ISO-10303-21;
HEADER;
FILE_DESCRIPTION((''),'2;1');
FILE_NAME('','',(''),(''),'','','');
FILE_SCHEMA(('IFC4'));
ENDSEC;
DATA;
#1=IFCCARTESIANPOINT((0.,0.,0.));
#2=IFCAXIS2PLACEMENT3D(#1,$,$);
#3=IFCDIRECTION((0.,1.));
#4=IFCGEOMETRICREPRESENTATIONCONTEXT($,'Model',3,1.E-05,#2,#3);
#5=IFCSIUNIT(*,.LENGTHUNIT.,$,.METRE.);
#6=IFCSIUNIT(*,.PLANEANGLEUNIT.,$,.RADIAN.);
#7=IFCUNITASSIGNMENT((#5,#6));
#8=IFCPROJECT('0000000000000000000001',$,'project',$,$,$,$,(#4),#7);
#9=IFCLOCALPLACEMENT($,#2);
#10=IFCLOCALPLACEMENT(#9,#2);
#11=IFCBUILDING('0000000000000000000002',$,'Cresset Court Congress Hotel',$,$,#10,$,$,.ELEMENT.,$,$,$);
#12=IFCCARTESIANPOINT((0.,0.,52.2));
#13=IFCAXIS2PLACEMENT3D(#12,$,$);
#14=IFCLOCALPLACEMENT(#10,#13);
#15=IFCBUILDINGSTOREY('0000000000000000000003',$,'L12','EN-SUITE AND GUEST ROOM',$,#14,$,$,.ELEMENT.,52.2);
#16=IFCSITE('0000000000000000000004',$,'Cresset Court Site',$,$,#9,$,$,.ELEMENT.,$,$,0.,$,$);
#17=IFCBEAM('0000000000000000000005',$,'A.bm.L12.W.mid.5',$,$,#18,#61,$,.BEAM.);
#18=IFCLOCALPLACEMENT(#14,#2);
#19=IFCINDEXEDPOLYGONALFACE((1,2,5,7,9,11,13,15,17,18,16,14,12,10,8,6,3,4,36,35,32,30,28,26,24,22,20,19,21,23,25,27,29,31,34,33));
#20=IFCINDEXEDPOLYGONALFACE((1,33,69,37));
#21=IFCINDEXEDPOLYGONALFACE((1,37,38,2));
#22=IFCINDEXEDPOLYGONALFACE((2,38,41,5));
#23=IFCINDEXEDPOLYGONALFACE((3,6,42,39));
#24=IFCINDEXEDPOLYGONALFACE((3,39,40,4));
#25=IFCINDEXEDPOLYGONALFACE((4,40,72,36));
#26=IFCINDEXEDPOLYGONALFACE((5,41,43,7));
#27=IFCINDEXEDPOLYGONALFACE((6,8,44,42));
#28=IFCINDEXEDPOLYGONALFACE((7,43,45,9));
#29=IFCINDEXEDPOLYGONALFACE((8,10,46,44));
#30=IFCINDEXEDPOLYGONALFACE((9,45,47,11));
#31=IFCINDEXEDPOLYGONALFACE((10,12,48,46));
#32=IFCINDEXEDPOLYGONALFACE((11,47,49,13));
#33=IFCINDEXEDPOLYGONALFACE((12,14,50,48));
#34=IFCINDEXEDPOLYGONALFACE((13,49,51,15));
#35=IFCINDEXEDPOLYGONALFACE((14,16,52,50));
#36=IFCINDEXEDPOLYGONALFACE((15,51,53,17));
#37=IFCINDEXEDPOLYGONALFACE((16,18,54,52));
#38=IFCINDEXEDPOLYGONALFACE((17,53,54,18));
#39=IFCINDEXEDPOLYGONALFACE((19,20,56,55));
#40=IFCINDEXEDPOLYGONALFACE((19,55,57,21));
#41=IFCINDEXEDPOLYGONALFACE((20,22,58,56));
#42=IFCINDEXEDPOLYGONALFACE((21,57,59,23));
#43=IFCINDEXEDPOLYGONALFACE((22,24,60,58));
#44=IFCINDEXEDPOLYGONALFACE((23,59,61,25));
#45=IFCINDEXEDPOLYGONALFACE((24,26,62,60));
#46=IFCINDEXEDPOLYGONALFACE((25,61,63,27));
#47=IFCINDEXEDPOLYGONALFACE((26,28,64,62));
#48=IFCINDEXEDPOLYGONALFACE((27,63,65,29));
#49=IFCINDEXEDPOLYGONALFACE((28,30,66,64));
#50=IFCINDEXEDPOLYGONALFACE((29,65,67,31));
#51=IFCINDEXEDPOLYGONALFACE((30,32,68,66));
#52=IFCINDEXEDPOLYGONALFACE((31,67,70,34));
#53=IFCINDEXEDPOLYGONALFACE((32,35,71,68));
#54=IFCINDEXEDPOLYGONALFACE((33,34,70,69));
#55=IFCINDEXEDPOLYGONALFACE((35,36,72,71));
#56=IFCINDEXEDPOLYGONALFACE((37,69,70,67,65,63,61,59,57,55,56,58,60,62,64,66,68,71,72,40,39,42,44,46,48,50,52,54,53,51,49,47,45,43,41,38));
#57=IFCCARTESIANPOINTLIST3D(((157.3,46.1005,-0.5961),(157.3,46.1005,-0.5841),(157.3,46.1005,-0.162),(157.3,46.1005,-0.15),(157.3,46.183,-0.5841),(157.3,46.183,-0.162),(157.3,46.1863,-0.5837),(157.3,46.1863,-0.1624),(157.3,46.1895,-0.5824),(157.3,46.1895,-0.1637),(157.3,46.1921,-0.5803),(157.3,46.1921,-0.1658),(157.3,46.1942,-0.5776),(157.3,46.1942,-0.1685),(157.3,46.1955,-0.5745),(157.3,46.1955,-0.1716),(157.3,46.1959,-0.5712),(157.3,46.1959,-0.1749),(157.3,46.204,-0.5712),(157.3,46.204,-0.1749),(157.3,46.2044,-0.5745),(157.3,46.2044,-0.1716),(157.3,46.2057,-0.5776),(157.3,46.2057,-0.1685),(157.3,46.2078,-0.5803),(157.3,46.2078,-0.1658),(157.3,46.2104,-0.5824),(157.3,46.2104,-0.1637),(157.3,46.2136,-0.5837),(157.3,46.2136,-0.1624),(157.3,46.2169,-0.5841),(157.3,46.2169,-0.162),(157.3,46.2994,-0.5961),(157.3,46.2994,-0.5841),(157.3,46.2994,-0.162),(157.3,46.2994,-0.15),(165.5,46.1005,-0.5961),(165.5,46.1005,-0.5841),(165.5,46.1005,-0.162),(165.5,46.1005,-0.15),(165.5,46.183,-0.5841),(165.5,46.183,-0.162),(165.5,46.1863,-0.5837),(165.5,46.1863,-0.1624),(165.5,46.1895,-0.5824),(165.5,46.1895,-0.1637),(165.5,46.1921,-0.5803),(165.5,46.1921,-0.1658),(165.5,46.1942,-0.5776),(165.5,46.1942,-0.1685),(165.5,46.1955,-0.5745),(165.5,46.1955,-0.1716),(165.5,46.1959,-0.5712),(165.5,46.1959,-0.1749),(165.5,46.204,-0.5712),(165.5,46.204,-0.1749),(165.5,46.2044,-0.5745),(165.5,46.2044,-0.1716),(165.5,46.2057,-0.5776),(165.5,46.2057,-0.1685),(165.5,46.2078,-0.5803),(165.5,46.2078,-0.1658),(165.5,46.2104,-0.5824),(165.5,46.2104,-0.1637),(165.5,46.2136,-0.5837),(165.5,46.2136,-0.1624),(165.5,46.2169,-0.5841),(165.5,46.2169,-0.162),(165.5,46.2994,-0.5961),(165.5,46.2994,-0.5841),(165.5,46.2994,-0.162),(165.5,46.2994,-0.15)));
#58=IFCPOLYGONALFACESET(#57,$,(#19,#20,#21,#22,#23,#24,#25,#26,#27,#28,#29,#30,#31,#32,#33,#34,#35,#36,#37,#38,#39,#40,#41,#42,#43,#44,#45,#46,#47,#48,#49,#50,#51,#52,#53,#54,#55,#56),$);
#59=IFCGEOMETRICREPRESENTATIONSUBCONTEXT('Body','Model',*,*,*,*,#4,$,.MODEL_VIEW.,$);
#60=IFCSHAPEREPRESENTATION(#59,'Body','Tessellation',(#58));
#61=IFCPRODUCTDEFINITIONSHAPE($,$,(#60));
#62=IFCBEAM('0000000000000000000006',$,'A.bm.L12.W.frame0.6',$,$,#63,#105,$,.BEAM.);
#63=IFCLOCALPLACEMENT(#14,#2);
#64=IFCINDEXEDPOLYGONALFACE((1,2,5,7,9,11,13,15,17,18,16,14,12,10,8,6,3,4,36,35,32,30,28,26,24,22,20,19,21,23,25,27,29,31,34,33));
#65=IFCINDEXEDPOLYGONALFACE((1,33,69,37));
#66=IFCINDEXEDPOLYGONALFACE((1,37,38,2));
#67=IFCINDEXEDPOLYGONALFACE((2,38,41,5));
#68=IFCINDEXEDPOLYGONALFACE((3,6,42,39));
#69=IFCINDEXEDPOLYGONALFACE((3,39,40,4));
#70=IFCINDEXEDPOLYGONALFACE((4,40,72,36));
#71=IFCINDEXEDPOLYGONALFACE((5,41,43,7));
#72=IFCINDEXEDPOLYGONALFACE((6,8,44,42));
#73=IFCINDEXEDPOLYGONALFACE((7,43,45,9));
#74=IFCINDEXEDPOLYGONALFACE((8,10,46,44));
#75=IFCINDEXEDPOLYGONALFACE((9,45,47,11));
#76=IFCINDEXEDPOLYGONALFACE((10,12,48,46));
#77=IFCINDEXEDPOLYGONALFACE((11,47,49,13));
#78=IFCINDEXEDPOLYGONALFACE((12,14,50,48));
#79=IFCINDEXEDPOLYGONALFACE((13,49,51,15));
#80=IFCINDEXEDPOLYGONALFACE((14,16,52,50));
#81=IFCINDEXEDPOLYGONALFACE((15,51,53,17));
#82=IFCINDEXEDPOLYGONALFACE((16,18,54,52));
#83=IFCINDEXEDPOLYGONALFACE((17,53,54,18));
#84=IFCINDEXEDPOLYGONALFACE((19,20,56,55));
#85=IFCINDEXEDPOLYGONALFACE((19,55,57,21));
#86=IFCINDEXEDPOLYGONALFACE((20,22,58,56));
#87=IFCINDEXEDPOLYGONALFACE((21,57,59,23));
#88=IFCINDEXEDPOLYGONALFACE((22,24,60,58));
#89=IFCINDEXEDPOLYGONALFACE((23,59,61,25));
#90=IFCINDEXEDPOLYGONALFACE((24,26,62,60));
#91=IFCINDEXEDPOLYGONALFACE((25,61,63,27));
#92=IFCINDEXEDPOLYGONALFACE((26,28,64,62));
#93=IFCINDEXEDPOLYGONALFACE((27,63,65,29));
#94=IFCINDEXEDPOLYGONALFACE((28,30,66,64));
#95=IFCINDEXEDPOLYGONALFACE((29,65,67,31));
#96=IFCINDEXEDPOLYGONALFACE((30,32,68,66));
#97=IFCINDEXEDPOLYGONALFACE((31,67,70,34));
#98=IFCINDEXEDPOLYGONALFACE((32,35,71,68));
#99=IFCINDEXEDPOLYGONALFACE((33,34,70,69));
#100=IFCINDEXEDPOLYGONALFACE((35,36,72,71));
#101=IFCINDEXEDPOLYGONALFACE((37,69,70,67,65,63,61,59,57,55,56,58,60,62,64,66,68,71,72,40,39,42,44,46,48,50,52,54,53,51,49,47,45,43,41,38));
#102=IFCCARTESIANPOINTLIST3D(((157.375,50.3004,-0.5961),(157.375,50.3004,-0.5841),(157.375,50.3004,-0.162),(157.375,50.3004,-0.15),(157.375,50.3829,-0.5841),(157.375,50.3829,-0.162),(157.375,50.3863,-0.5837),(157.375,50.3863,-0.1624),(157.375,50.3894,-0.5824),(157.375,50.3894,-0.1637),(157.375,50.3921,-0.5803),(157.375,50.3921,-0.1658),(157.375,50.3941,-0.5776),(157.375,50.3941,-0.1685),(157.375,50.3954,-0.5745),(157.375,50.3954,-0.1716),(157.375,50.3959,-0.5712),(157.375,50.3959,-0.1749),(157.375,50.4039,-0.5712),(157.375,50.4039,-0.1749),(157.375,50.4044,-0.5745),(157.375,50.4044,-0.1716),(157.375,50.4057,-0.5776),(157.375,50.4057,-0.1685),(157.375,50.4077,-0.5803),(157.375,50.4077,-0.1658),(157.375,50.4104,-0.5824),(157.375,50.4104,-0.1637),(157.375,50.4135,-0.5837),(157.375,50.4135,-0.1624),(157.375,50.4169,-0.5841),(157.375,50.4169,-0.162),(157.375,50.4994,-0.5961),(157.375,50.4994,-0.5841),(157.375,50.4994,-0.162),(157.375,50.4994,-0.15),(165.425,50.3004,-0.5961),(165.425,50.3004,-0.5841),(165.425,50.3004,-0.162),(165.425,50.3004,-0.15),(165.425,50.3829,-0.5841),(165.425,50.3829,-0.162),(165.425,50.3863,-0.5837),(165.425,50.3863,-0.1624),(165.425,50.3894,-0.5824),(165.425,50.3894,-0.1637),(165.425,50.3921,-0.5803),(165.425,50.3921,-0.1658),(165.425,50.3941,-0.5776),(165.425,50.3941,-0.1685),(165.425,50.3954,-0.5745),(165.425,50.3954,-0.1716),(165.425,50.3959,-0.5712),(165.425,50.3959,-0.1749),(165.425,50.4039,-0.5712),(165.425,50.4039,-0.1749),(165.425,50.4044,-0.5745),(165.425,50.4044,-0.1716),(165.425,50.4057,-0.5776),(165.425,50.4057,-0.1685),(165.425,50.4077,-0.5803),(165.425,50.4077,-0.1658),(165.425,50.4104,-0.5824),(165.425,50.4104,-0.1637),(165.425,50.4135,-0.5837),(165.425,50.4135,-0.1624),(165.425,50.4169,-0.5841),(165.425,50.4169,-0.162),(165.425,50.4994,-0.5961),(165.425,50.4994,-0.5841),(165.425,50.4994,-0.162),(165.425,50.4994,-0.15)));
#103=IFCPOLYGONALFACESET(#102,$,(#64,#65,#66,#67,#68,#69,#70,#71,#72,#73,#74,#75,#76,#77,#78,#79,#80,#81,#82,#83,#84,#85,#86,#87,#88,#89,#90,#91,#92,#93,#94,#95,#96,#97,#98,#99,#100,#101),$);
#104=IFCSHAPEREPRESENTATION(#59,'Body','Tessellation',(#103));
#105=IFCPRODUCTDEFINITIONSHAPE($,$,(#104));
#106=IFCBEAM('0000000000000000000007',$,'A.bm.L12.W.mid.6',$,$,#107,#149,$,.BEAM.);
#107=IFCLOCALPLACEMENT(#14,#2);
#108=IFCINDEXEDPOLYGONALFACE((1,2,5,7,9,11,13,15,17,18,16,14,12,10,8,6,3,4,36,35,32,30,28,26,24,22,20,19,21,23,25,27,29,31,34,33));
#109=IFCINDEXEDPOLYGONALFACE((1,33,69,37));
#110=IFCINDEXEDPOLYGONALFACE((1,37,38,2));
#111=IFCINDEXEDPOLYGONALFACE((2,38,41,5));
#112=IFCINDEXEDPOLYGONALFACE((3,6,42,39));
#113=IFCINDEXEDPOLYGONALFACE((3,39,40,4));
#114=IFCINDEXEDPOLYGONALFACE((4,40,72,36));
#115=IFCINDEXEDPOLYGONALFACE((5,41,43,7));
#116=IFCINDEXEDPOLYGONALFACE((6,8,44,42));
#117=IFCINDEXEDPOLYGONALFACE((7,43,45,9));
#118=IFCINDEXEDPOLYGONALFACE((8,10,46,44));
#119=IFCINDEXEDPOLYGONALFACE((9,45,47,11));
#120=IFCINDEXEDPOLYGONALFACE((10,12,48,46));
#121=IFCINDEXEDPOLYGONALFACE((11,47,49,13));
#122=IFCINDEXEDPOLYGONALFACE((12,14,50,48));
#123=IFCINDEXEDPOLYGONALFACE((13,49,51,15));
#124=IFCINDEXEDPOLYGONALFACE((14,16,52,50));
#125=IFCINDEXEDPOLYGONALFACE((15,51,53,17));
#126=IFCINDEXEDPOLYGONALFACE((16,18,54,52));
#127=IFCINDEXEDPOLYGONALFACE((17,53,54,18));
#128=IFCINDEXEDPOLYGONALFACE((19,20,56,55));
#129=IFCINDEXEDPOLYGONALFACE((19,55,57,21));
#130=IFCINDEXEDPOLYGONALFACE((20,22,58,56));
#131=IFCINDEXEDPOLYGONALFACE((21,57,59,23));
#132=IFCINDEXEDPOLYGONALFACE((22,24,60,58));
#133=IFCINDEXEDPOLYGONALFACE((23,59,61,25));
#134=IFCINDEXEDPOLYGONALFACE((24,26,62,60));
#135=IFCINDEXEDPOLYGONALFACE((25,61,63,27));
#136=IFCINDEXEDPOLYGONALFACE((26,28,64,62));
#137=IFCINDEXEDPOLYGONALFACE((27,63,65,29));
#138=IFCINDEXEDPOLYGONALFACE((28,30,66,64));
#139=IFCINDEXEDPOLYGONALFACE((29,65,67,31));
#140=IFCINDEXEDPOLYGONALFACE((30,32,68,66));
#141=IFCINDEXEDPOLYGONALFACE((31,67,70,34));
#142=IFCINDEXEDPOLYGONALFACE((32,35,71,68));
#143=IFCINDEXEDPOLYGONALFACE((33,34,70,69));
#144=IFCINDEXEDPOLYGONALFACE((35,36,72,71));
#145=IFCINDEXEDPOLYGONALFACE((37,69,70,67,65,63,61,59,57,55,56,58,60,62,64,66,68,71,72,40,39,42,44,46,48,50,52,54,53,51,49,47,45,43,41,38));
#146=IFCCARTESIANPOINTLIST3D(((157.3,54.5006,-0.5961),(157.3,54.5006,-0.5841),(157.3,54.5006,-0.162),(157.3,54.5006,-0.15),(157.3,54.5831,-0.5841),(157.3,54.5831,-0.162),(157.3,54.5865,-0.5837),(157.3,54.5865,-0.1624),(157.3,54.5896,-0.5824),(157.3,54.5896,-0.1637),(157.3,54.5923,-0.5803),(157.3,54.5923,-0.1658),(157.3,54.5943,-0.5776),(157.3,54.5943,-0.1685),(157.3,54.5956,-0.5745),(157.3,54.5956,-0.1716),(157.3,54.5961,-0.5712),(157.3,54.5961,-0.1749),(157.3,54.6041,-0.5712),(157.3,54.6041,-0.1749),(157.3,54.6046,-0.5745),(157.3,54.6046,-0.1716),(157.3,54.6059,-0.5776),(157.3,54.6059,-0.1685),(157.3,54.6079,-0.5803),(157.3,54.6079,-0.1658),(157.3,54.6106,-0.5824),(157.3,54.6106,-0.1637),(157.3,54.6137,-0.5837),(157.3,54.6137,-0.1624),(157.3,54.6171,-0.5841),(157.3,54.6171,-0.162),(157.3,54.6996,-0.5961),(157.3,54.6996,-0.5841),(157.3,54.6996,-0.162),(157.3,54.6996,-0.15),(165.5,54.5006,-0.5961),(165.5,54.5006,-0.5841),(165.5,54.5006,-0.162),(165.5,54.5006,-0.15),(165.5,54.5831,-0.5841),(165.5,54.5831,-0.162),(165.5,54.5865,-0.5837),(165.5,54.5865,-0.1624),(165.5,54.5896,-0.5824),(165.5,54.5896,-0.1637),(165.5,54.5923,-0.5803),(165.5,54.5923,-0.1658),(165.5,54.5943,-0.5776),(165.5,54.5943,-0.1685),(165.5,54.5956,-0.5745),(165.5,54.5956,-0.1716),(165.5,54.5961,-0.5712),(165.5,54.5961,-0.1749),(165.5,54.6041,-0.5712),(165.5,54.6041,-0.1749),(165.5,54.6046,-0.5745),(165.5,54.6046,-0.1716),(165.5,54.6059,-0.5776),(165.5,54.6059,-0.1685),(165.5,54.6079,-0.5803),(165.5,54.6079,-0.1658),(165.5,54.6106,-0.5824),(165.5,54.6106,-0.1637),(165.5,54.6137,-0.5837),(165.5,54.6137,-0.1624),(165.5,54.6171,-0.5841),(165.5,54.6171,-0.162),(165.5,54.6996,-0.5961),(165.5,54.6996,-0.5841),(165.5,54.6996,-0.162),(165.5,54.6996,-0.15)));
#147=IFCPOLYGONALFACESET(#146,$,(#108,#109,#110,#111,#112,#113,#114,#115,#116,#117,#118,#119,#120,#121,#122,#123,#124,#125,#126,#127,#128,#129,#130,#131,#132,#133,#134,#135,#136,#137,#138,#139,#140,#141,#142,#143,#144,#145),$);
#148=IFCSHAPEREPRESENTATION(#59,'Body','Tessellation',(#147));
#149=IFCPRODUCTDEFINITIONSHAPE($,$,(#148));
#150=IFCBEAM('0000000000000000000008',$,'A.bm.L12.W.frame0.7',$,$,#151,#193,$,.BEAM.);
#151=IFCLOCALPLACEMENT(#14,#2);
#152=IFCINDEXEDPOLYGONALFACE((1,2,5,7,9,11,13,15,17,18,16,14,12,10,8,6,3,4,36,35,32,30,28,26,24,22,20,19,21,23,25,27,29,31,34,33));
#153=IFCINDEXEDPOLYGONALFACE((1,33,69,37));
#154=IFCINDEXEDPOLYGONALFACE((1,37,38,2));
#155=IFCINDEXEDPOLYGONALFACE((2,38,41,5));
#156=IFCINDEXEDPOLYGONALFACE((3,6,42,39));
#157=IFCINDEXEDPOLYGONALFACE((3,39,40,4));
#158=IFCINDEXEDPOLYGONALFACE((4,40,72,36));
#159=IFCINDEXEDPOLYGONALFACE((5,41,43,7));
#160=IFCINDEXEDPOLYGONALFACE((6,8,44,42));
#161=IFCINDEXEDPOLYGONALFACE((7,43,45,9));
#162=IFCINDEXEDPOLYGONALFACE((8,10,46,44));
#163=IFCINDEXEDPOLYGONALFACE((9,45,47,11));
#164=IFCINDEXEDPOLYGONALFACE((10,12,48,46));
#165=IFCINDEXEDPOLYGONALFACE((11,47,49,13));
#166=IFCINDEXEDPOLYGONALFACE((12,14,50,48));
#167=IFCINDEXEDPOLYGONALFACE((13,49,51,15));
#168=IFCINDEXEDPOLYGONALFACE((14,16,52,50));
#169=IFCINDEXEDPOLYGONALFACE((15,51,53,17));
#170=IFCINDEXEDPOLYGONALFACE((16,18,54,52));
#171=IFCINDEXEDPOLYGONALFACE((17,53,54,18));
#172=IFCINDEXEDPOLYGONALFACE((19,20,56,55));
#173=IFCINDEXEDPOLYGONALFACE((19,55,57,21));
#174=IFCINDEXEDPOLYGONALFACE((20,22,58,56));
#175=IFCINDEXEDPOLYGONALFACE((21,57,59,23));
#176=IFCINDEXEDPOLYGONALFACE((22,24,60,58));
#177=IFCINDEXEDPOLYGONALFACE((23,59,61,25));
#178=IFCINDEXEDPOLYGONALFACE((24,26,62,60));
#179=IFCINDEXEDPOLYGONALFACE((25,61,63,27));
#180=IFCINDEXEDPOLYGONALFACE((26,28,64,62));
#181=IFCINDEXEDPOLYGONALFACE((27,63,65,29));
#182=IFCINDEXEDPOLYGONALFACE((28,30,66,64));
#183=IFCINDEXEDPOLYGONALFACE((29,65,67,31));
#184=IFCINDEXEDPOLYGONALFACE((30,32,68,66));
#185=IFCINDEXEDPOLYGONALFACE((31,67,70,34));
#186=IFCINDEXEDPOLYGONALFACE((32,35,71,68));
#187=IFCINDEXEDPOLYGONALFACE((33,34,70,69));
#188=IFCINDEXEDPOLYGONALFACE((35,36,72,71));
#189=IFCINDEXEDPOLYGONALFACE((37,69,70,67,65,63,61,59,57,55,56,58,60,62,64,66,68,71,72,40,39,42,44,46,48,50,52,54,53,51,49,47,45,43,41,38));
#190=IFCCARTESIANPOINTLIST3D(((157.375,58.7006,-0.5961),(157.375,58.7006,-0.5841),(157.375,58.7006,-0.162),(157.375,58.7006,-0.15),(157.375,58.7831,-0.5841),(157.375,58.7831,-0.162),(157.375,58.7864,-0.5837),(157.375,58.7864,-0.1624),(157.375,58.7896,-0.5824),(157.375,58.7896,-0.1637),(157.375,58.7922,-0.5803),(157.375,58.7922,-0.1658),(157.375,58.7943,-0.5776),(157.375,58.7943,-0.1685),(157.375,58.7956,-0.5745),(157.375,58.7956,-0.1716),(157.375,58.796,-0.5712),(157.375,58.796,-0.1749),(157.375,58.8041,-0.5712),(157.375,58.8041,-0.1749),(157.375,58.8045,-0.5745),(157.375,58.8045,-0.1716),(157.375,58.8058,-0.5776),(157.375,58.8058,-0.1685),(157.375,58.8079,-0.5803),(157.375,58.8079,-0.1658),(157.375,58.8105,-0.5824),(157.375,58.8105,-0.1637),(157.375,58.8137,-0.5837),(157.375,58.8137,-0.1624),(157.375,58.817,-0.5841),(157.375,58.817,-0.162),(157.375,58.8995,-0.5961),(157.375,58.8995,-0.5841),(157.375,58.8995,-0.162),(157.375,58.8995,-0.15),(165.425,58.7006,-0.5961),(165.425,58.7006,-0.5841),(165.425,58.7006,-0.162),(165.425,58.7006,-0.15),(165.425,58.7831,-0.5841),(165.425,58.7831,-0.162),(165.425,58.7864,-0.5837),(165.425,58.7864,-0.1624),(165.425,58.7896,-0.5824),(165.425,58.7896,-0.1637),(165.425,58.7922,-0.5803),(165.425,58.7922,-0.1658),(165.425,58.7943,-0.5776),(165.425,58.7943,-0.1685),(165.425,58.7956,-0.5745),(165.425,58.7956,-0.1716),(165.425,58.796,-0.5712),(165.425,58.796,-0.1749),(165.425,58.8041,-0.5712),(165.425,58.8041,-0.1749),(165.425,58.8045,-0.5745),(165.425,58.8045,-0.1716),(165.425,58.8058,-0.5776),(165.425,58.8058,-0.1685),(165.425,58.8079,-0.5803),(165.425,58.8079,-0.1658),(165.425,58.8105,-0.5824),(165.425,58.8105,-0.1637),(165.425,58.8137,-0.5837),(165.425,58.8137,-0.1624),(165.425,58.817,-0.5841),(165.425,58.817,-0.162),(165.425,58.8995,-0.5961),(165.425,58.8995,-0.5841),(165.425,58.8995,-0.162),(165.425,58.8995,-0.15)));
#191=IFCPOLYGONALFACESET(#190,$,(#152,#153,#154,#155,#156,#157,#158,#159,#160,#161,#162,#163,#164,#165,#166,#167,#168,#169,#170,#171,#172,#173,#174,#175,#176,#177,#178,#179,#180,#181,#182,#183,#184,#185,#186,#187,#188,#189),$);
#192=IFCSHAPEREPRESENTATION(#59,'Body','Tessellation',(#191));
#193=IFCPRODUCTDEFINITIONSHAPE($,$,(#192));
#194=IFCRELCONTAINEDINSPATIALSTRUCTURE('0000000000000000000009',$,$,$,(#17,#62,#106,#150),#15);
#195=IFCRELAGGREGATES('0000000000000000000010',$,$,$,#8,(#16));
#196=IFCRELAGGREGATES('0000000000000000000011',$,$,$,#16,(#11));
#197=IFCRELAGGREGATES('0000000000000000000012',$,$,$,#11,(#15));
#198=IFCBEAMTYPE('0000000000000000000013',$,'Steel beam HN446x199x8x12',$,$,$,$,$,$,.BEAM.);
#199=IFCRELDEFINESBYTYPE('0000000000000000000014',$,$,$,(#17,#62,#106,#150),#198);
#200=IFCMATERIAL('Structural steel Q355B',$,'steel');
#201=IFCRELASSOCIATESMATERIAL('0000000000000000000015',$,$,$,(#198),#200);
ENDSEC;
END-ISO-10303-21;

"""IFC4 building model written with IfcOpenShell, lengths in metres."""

from ifc_helpers import new_model, si_unit, direction, frame, origin, origin_2d, place, context, subcontext, project, spatial, i_section, extrude, material, material_profile, profile_set, type_object, element, save


model = new_model("IFC4")

# Units and contexts
model_context = context("Model", 3, precision=1e-05, world=origin(), true_north=direction((0.0, 1.0)))
body_context = subcontext(model_context, "Body", "Model", "MODEL_VIEW")
ifc_project = project(units=[si_unit("LENGTHUNIT", "METRE"), si_unit("PLANEANGLEUNIT", "RADIAN")], contexts=[model_context])

# Site, building, storey
site_placement = place(None, origin())
site = spatial("IfcSite", under=ifc_project, at=site_placement, Name="Cresset Court Site", CompositionType="ELEMENT", RefElevation=0.0)
building_placement = place(site_placement, origin())
building = spatial("IfcBuilding", under=site, at=building_placement, Name="Cresset Court Congress Hotel", CompositionType="ELEMENT")
storey_placement = place(building_placement, frame((0.0, 0.0, 52.2)))
storey = spatial("IfcBuildingStorey", under=building, at=storey_placement, Name="L12", Description="EN-SUITE AND GUEST ROOM", CompositionType="ELEMENT", Elevation=52.2)

# Beams
ifc_material_1 = material(Name="Structural steel Q355B", Category="steel")
ifc_material_profile_1 = material_profile(ifc_material_1, i_section(OverallWidth=0.199, OverallDepth=0.446, WebThickness=0.0081, FlangeThickness=0.012, FilletRadius=0.0129, at=origin_2d()), Name="HN446x199x8x12")
ifc_profile_set_1 = profile_set([ifc_material_profile_1], Name="Structural steel Q355B")
beam_type_1 = type_object("IfcBeamType", Name="Steel beam HN446x199x8x12", PredefinedType="BEAM", material=ifc_profile_set_1)
beam_1_placement = place(storey_placement, frame((157.3, 46.2, -0.373), z_axis=(1.0, 0.0, 0.0), x_axis=(0.0, 1.0, 0.0)))
element("IfcBeam", 1, at=beam_1_placement, inside=storey, type_object=beam_type_1, Name="A.bm.L12.W.mid.5", PredefinedType="BEAM", context=body_context, shape_type="SweptSolid", body=[
    extrude(i_section(OverallWidth=0.199, OverallDepth=0.446, WebThickness=0.0081, FlangeThickness=0.012, FilletRadius=0.0129, at=origin_2d()), origin(), (0.0, 0.0, 1.0), 8.2),
])
beam_2_placement = place(storey_placement, frame((157.375, 50.3999, -0.373), z_axis=(1.0, 0.0, 0.0), x_axis=(0.0, 1.0, 0.0)))
element("IfcBeam", 2, at=beam_2_placement, inside=storey, type_object=beam_type_1, Name="A.bm.L12.W.frame0.6", PredefinedType="BEAM", context=body_context, shape_type="SweptSolid", body=[
    extrude(i_section(OverallWidth=0.199, OverallDepth=0.446, WebThickness=0.0081, FlangeThickness=0.012, FilletRadius=0.0129, at=origin_2d()), origin(), (0.0, 0.0, 1.0), 8.05),
])
beam_3_placement = place(storey_placement, frame((157.3, 54.6001, -0.373), z_axis=(1.0, 0.0, 0.0), x_axis=(0.0, 1.0, 0.0)))
element("IfcBeam", 3, at=beam_3_placement, inside=storey, type_object=beam_type_1, Name="A.bm.L12.W.mid.6", PredefinedType="BEAM", context=body_context, shape_type="SweptSolid", body=[
    extrude(i_section(OverallWidth=0.199, OverallDepth=0.446, WebThickness=0.0081, FlangeThickness=0.012, FilletRadius=0.0129, at=origin_2d()), origin(), (0.0, 0.0, 1.0), 8.2),
])
beam_4_placement = place(storey_placement, frame((157.375, 58.8, -0.373), z_axis=(1.0, 0.0, 0.0), x_axis=(0.0, 1.0, 0.0)))
element("IfcBeam", 4, at=beam_4_placement, inside=storey, type_object=beam_type_1, Name="A.bm.L12.W.frame0.7", PredefinedType="BEAM", context=body_context, shape_type="SweptSolid", body=[
    extrude(i_section(OverallWidth=0.199, OverallDepth=0.446, WebThickness=0.0081, FlangeThickness=0.012, FilletRadius=0.0129, at=origin_2d()), origin(), (0.0, 0.0, 1.0), 8.05),
])

save(model, "model.ifc")
